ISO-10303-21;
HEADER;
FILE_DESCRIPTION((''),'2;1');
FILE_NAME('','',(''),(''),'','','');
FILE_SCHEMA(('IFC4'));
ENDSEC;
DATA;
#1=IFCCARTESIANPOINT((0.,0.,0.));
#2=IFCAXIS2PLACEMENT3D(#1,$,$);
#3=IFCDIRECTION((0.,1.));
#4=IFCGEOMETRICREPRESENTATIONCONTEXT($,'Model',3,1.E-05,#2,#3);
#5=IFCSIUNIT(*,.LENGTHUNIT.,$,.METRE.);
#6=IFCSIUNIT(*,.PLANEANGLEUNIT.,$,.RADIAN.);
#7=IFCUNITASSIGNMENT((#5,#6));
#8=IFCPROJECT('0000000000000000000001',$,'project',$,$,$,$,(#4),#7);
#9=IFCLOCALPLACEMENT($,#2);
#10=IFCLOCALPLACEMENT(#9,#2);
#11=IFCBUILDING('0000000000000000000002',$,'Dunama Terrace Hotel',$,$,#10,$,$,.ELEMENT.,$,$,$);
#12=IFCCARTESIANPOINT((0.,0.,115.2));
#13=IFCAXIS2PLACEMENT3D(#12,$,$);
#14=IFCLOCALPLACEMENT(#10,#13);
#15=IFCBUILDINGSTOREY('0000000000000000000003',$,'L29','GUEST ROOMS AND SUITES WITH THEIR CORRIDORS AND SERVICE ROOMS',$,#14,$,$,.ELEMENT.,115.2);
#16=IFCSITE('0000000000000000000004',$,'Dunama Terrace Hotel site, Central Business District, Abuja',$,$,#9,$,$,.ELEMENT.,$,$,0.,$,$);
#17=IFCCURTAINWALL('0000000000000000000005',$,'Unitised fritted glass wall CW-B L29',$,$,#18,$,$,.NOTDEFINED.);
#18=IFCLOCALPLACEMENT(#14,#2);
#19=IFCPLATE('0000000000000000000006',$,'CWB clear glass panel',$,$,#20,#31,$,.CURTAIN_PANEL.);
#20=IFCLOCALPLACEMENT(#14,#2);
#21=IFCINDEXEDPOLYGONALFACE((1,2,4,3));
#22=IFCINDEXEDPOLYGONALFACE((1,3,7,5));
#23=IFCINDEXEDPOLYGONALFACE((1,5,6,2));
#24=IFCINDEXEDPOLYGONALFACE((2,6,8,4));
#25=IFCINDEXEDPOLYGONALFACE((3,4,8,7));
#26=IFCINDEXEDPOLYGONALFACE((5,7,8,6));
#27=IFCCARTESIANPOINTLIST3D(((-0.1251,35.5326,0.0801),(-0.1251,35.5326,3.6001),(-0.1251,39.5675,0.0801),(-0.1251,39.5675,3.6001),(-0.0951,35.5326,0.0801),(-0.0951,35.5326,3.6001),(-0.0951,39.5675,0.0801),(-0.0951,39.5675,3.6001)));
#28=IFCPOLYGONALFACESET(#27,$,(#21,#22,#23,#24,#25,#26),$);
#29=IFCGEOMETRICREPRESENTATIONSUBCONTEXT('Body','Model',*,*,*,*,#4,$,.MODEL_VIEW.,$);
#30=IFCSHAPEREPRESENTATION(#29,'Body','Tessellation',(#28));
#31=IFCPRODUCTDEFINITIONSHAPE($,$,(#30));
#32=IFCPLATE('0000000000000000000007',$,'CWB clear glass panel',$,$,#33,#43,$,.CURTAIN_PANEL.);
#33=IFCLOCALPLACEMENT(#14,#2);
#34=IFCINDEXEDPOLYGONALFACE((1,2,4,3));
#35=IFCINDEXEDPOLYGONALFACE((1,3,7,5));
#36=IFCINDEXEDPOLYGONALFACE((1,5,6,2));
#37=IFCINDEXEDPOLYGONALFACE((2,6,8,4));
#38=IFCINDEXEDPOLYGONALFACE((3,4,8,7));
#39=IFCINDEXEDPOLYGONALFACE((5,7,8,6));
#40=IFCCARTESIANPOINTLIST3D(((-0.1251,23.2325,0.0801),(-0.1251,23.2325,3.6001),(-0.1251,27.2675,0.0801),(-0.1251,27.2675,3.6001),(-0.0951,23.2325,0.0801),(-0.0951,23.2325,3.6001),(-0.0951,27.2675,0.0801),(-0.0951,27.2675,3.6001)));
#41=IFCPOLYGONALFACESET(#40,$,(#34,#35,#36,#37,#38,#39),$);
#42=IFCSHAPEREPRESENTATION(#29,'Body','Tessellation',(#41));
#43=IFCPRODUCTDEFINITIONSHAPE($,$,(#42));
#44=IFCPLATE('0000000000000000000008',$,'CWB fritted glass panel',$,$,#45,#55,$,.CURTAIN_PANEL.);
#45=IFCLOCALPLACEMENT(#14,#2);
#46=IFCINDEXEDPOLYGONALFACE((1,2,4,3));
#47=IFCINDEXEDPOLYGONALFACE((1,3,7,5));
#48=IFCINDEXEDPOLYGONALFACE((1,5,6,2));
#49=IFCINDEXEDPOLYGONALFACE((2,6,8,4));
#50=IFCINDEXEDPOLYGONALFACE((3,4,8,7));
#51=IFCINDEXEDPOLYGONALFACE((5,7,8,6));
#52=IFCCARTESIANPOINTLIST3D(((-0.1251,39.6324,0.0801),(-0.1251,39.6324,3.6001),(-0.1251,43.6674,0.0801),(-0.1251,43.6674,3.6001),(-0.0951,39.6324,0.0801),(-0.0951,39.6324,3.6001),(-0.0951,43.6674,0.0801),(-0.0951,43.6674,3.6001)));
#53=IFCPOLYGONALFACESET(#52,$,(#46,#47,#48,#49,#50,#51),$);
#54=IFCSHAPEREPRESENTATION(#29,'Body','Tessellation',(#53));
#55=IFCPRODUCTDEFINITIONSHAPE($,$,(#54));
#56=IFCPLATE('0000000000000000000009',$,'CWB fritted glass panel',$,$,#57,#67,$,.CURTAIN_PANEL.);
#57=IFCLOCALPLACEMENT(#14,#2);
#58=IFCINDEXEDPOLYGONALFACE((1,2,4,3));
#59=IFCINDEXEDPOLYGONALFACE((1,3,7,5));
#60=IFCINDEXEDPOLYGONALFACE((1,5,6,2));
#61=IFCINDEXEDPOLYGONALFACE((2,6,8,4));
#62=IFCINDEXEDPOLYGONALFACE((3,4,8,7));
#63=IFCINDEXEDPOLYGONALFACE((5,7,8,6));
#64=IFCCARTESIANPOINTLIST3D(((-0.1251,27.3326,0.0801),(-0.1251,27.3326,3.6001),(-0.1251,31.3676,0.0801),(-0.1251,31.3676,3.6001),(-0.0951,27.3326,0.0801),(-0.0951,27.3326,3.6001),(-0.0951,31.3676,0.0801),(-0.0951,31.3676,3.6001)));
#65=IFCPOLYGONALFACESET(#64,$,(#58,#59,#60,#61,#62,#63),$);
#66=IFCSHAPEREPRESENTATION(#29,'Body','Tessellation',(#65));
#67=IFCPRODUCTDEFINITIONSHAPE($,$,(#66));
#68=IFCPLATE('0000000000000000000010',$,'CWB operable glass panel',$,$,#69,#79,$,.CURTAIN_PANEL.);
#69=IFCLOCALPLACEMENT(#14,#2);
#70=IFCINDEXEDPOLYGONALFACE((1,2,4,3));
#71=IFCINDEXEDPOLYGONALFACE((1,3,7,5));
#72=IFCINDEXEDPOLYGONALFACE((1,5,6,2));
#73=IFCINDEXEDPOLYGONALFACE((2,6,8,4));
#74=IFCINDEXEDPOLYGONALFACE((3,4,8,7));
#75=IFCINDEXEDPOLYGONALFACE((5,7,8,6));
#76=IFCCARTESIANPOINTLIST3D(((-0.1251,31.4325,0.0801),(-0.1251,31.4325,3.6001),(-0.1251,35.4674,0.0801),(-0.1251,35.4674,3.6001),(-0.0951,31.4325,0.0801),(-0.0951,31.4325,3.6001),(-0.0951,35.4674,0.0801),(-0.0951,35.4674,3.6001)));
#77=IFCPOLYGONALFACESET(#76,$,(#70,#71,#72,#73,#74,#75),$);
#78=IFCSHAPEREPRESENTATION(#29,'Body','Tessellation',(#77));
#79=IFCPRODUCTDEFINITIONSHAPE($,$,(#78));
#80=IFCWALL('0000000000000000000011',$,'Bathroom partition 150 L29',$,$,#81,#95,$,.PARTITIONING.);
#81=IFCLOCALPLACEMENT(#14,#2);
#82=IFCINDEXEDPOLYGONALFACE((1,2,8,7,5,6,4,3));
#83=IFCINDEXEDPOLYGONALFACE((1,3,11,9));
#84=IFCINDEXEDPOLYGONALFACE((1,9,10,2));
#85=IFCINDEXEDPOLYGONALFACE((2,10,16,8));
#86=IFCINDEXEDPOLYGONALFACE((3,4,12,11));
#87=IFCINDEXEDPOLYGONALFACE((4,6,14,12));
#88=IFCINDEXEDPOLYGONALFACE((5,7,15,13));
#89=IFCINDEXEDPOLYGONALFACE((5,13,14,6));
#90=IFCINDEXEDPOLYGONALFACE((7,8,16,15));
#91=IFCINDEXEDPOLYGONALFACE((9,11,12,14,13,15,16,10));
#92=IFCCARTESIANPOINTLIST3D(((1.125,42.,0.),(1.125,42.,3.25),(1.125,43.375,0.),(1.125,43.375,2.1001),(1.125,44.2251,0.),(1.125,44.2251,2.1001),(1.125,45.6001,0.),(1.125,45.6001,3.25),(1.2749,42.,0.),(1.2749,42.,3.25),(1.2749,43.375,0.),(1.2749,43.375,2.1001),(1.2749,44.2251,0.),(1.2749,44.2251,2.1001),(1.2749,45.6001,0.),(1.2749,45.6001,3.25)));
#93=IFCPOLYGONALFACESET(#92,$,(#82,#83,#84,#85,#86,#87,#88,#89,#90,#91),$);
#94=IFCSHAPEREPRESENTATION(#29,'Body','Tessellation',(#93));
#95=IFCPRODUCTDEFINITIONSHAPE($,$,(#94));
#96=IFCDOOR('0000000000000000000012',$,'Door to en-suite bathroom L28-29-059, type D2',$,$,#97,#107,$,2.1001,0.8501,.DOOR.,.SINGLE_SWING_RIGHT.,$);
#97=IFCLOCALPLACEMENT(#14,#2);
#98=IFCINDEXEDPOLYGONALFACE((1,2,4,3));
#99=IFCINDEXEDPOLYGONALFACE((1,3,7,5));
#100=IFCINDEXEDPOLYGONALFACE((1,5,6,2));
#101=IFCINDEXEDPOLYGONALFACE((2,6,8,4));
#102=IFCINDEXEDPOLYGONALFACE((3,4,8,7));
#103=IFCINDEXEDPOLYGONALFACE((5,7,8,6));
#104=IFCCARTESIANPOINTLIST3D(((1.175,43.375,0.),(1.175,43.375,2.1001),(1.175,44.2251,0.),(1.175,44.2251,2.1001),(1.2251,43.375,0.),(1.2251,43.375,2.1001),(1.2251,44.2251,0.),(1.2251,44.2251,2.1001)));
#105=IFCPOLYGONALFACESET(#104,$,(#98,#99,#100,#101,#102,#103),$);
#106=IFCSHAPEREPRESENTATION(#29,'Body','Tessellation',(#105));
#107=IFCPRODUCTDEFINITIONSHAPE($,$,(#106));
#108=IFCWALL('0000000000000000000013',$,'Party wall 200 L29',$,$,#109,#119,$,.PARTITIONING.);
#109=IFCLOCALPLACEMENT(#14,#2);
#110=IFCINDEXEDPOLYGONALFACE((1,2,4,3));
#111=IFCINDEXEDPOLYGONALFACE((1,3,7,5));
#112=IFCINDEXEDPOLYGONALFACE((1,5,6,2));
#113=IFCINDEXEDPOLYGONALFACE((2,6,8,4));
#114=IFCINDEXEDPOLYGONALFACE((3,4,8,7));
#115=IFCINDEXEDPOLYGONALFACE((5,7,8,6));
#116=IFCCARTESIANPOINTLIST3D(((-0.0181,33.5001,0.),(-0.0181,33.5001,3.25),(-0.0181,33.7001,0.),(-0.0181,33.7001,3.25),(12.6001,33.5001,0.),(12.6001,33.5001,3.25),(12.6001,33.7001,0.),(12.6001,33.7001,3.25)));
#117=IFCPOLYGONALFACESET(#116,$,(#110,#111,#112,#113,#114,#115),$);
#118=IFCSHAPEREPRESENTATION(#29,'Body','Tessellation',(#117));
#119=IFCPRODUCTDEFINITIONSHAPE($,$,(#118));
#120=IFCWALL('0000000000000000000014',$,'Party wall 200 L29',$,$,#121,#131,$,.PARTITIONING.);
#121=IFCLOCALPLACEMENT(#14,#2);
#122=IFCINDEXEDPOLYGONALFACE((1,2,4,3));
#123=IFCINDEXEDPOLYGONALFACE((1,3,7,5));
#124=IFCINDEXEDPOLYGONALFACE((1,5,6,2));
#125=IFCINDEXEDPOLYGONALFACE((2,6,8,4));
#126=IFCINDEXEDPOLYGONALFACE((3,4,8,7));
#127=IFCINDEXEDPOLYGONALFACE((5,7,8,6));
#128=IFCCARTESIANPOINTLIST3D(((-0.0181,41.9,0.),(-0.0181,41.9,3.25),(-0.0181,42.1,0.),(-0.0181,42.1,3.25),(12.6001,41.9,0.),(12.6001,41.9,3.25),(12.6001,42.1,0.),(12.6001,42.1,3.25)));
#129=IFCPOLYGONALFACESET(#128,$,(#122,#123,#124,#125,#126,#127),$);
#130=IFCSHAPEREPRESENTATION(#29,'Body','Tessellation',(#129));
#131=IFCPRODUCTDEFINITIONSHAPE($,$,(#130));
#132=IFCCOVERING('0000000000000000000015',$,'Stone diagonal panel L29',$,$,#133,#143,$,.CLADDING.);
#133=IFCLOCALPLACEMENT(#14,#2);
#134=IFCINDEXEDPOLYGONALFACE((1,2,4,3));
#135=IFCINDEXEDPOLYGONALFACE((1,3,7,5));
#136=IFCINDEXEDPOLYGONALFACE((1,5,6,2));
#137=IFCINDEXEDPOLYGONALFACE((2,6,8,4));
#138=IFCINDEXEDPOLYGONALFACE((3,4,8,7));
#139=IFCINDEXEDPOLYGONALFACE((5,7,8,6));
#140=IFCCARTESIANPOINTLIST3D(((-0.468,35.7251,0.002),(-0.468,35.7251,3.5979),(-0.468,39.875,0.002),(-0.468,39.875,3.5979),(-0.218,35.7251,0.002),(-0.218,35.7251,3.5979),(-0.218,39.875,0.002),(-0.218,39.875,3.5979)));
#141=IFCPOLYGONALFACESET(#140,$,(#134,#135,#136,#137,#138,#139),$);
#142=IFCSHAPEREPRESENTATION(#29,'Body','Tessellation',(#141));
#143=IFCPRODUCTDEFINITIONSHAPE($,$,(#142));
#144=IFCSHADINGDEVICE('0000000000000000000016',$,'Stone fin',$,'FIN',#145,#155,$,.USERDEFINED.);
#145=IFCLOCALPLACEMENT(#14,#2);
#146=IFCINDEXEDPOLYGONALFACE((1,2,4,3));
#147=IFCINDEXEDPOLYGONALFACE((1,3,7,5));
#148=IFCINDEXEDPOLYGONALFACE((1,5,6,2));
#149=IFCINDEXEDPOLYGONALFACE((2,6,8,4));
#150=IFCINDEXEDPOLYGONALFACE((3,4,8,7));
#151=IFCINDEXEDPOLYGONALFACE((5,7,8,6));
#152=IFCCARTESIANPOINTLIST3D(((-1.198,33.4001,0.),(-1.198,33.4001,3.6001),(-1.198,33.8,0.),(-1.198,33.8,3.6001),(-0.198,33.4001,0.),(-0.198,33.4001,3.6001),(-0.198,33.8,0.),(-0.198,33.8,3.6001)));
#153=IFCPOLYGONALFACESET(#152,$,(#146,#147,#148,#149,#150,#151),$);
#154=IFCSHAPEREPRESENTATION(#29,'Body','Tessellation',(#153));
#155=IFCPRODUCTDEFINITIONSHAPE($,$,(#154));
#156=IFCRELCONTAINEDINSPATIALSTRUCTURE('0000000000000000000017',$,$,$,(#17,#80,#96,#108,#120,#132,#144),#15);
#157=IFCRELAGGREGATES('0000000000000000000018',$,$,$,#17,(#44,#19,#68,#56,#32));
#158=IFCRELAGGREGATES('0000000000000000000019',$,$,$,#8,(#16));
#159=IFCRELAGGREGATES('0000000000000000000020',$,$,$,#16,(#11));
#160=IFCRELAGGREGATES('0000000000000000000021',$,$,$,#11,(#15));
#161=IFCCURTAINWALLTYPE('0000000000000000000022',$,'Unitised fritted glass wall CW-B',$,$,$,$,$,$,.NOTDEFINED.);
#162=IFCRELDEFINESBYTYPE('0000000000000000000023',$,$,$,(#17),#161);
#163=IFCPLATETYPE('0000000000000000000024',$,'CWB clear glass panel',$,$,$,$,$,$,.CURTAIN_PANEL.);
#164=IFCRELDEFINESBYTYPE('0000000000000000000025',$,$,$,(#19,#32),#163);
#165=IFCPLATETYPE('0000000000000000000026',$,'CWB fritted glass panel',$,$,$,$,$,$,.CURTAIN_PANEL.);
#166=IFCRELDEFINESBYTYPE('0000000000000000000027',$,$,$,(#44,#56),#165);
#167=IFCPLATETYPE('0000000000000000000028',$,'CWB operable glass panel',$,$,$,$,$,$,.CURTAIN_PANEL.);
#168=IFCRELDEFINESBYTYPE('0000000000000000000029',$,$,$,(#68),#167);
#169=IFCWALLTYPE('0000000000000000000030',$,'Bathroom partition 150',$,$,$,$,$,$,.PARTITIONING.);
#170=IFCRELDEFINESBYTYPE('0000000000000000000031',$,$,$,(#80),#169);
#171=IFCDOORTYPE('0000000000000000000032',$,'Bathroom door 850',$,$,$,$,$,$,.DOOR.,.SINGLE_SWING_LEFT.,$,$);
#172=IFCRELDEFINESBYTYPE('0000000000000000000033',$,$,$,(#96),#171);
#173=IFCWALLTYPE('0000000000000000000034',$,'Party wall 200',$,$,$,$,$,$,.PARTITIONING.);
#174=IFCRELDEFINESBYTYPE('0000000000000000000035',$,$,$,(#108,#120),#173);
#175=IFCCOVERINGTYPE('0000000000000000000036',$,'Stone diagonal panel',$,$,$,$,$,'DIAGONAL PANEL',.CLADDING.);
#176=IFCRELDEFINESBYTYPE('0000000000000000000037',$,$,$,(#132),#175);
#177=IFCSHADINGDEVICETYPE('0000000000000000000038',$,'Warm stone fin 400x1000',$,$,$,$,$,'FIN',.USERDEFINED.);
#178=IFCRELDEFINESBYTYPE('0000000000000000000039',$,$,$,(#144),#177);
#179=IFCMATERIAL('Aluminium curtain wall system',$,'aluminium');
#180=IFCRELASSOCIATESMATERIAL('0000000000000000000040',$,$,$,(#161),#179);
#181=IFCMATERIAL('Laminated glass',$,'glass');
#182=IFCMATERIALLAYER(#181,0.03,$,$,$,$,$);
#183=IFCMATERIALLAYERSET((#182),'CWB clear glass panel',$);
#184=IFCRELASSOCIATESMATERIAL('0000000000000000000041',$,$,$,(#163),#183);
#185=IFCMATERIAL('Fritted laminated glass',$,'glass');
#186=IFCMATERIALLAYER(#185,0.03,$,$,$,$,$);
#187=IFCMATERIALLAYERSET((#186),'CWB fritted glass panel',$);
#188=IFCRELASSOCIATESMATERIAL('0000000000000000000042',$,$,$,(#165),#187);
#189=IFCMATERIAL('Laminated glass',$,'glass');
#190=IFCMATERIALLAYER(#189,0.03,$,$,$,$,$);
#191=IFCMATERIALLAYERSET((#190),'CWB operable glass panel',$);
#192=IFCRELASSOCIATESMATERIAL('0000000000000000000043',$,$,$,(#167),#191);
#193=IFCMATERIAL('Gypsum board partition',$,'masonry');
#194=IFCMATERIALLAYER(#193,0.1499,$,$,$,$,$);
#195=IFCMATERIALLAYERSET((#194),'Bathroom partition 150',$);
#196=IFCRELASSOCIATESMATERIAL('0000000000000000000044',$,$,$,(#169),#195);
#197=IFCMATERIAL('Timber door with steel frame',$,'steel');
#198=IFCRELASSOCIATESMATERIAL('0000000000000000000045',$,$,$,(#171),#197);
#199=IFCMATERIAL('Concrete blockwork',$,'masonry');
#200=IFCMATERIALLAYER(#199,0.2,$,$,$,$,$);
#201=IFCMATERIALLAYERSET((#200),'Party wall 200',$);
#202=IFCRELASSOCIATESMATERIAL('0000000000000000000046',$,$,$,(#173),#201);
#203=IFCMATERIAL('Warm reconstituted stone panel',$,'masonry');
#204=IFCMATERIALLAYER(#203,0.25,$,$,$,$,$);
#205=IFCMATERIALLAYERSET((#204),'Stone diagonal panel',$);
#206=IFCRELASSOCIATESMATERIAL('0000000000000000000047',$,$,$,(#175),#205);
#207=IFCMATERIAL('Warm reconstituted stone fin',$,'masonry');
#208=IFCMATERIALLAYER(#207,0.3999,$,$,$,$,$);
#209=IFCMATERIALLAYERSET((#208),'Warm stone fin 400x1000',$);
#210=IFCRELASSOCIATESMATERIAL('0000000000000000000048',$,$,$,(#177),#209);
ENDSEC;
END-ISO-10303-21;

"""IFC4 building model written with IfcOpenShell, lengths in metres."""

from ifc_helpers import new_model, si_unit, direction, frame, frame_2d, origin, origin_2d, place, context, subcontext, project, spatial, rectangle, extrude, material, layer, layer_set, type_object, element, fill, aggregate, save


model = new_model("IFC4")

# Units and contexts
model_context = context("Model", 3, precision=1e-05, world=origin(), true_north=direction((0.0, 1.0)))
body_context = subcontext(model_context, "Body", "Model", "MODEL_VIEW")
ifc_project = project(units=[si_unit("LENGTHUNIT", "METRE"), si_unit("PLANEANGLEUNIT", "RADIAN")], contexts=[model_context])

# Site, building, storey
site_placement = place(None, origin())
site = spatial("IfcSite", under=ifc_project, at=site_placement, Name="Dunama Terrace Hotel site, Central Business District, Abuja", CompositionType="ELEMENT", RefElevation=0.0)
building_placement = place(site_placement, origin())
building = spatial("IfcBuilding", under=site, at=building_placement, Name="Dunama Terrace Hotel", CompositionType="ELEMENT")
storey_placement = place(building_placement, frame((0.0, 0.0, 115.2)))
storey = spatial("IfcBuildingStorey", under=building, at=storey_placement, Name="L29", Description="GUEST ROOMS AND SUITES WITH THEIR CORRIDORS AND SERVICE ROOMS", CompositionType="ELEMENT", Elevation=115.2)

# Curtain wall
ifc_material_1 = material(Name="Aluminium curtain wall system", Category="aluminium")
curtain_wall_type = type_object("IfcCurtainWallType", Name="Unitised fritted glass wall CW-B", PredefinedType="NOTDEFINED", material=ifc_material_1)
curtain_wall_placement = place(storey_placement, origin())
curtain_wall = element("IfcCurtainWall", 1, at=curtain_wall_placement, inside=storey, type_object=curtain_wall_type, Name="Unitised fritted glass wall CW-B L29", PredefinedType="NOTDEFINED")

# Plates
ifc_material_2 = material(Name="Laminated glass", Category="glass")
ifc_layer_1 = layer(ifc_material_2, 0.03)
ifc_layer_set_1 = layer_set([ifc_layer_1], Name="CWB clear glass panel")
plate_type_1 = type_object("IfcPlateType", Name="CWB clear glass panel", PredefinedType="CURTAIN_PANEL", material=ifc_layer_set_1)
plate_1_placement = place(storey_placement, frame((-0.1101, 37.55, 0.0801), z_axis=(0.0, 0.0, 1.0), x_axis=(0.0, -1.0, 0.0)))
plate_1 = element("IfcPlate", 2, at=plate_1_placement, type_object=plate_type_1, Name="CWB clear glass panel", PredefinedType="CURTAIN_PANEL", context=body_context, shape_type="SweptSolid", body=[
    extrude(rectangle(XDim=4.0349, YDim=0.03, at=origin_2d()), origin(), (0.0, 0.0, 1.0), 3.52),
])
plate_2_placement = place(storey_placement, frame((-0.1101, 25.25, 0.0801), z_axis=(0.0, 0.0, 1.0), x_axis=(0.0, -1.0, 0.0)))
plate_2 = element("IfcPlate", 3, at=plate_2_placement, type_object=plate_type_1, Name="CWB clear glass panel", PredefinedType="CURTAIN_PANEL", context=body_context, shape_type="SweptSolid", body=[
    extrude(rectangle(XDim=4.0349, YDim=0.03, at=origin_2d()), origin(), (0.0, 0.0, 1.0), 3.52),
])
ifc_material_3 = material(Name="Fritted laminated glass", Category="glass")
ifc_layer_2 = layer(ifc_material_3, 0.03)
ifc_layer_set_2 = layer_set([ifc_layer_2], Name="CWB fritted glass panel")
plate_type_2 = type_object("IfcPlateType", Name="CWB fritted glass panel", PredefinedType="CURTAIN_PANEL", material=ifc_layer_set_2)
plate_3_placement = place(storey_placement, frame((-0.1101, 41.6499, 0.0801), z_axis=(0.0, 0.0, 1.0), x_axis=(0.0, -1.0, 0.0)))
plate_3 = element("IfcPlate", 4, at=plate_3_placement, type_object=plate_type_2, Name="CWB fritted glass panel", PredefinedType="CURTAIN_PANEL", context=body_context, shape_type="SweptSolid", body=[
    extrude(rectangle(XDim=4.0349, YDim=0.03, at=origin_2d()), origin(), (0.0, 0.0, 1.0), 3.52),
])
plate_4_placement = place(storey_placement, frame((-0.1101, 29.3501, 0.0801), z_axis=(0.0, 0.0, 1.0), x_axis=(0.0, -1.0, 0.0)))
plate_4 = element("IfcPlate", 5, at=plate_4_placement, type_object=plate_type_2, Name="CWB fritted glass panel", PredefinedType="CURTAIN_PANEL", context=body_context, shape_type="SweptSolid", body=[
    extrude(rectangle(XDim=4.0349, YDim=0.03, at=origin_2d()), origin(), (0.0, 0.0, 1.0), 3.52),
])
ifc_material_4 = material(Name="Laminated glass", Category="glass")
ifc_layer_3 = layer(ifc_material_4, 0.03)
ifc_layer_set_3 = layer_set([ifc_layer_3], Name="CWB operable glass panel")
plate_type_3 = type_object("IfcPlateType", Name="CWB operable glass panel", PredefinedType="CURTAIN_PANEL", material=ifc_layer_set_3)
plate_5_placement = place(storey_placement, frame((-0.1101, 33.45, 0.0801), z_axis=(0.0, 0.0, 1.0), x_axis=(0.0, -1.0, 0.0)))
plate_5 = element("IfcPlate", 6, at=plate_5_placement, type_object=plate_type_3, Name="CWB operable glass panel", PredefinedType="CURTAIN_PANEL", context=body_context, shape_type="SweptSolid", body=[
    extrude(rectangle(XDim=4.0349, YDim=0.03, at=origin_2d()), origin(), (0.0, 0.0, 1.0), 3.52),
])
aggregate(curtain_wall, [plate_3, plate_1, plate_5, plate_4, plate_2])

# Wall, opening, door
ifc_material_5 = material(Name="Gypsum board partition", Category="masonry")
ifc_layer_4 = layer(ifc_material_5, 0.1499)
ifc_layer_set_4 = layer_set([ifc_layer_4], Name="Bathroom partition 150")
wall_type_1 = type_object("IfcWallType", Name="Bathroom partition 150", PredefinedType="PARTITIONING", material=ifc_layer_set_4)
wall_placement = place(storey_placement, frame((1.2, 42.0, 0.0), z_axis=(0.0, 0.0, 1.0), x_axis=(0.0, 1.0, 0.0)))
wall = element("IfcWall", 7, at=wall_placement, inside=storey, type_object=wall_type_1, Name="Bathroom partition 150 L29", PredefinedType="PARTITIONING", context=body_context, shape_type="SweptSolid", body=[
    extrude(rectangle(XDim=3.6001, YDim=0.1499, at=frame_2d((1.8, 0.0))), origin(), (0.0, 0.0, 1.0), 3.25),
])
opening_placement = place(wall_placement, frame((1.375, 0.0, 0.0)))
opening = element("IfcOpeningElement", 8, at=opening_placement, cuts=wall, PredefinedType="OPENING", context=body_context, shape_type="SweptSolid", body=[
    extrude(rectangle(XDim=0.8501, YDim=2.1001, at=frame_2d((0.425, 1.05))), frame((0.0, 0.085, 0.0), z_axis=(0.0, -1.0, 0.0), x_axis=(1.0, 0.0, 0.0)), (0.0, 0.0, 1.0), 0.1699),
])
ifc_material_6 = material(Name="Timber door with steel frame", Category="steel")
door_type = type_object("IfcDoorType", Name="Bathroom door 850", OperationType="SINGLE_SWING_LEFT", PredefinedType="DOOR", material=ifc_material_6)
door_placement = place(opening_placement, frame((0.8501, 0.0, 0.0), z_axis=(0.0, 0.0, 1.0), x_axis=(-1.0, 0.0, 0.0)))
door = element("IfcDoor", 9, at=door_placement, inside=storey, type_object=door_type, Name="Door to en-suite bathroom L28-29-059, type D2", OperationType="SINGLE_SWING_RIGHT", OverallHeight=2.1001, OverallWidth=0.8501, PredefinedType="DOOR", context=body_context, shape_type="SweptSolid", body=[
    extrude(rectangle(XDim=0.8501, YDim=2.1001, at=frame_2d((0.425, 1.05))), frame((0.0, 0.0251, 0.0), z_axis=(0.0, -1.0, 0.0), x_axis=(1.0, 0.0, 0.0)), (0.0, 0.0, 1.0), 0.05),
])
fill(opening, door)

# Walls
ifc_material_7 = material(Name="Concrete blockwork", Category="masonry")
ifc_layer_5 = layer(ifc_material_7, 0.2)
ifc_layer_set_5 = layer_set([ifc_layer_5], Name="Party wall 200")
wall_type_2 = type_object("IfcWallType", Name="Party wall 200", PredefinedType="PARTITIONING", material=ifc_layer_set_5)
for number, where, z_axis, x_axis, name in (
    (10, (-0.0181, 33.6001, 0.0), (0.0, 0.0, 1.0), (1.0, 0.0, 0.0), "Party wall 200 L29"),
    (11, (-0.0181, 42.0, 0.0), (0.0, 0.0, 1.0), (1.0, 0.0, 0.0), "Party wall 200 L29"),
):
    element("IfcWall", number, at=place(storey_placement, frame(where, z_axis=z_axis, x_axis=x_axis)), inside=storey, type_object=wall_type_2, Name=name, PredefinedType="PARTITIONING", context=body_context, shape_type="SweptSolid", body=[
        extrude(rectangle(XDim=12.6182, YDim=0.2, at=frame_2d((6.3091, 0.0))), origin(), (0.0, 0.0, 1.0), 3.25),
    ])

# Covering
ifc_material_8 = material(Name="Warm reconstituted stone panel", Category="masonry")
ifc_layer_6 = layer(ifc_material_8, 0.25)
ifc_layer_set_6 = layer_set([ifc_layer_6], Name="Stone diagonal panel")
covering_type = type_object("IfcCoveringType", Name="Stone diagonal panel", ElementType="DIAGONAL PANEL", PredefinedType="CLADDING", material=ifc_layer_set_6)
covering_placement = place(storey_placement, frame((-0.343, 37.8, 0.002), z_axis=(0.0, 0.0, 1.0), x_axis=(0.0, -1.0, 0.0)))
element("IfcCovering", 12, at=covering_placement, inside=storey, type_object=covering_type, Name="Stone diagonal panel L29", PredefinedType="CLADDING", context=body_context, shape_type="SweptSolid", body=[
    extrude(rectangle(XDim=4.1499, YDim=0.25, at=origin_2d()), origin(), (0.0, 0.0, 1.0), 3.5959),
])

# Shading device
ifc_material_9 = material(Name="Warm reconstituted stone fin", Category="masonry")
ifc_layer_7 = layer(ifc_material_9, 0.3999)
ifc_layer_set_7 = layer_set([ifc_layer_7], Name="Warm stone fin 400x1000")
shading_device_type = type_object("IfcShadingDeviceType", Name="Warm stone fin 400x1000", ElementType="FIN", PredefinedType="USERDEFINED", material=ifc_layer_set_7)
shading_device_placement = place(storey_placement, frame((-0.698, 33.6001, 0.0), z_axis=(0.0, 0.0, 1.0), x_axis=(0.0, -1.0, 0.0)))
element("IfcShadingDevice", 13, at=shading_device_placement, inside=storey, type_object=shading_device_type, Name="Stone fin", ObjectType="FIN", PredefinedType="USERDEFINED", context=body_context, shape_type="SweptSolid", body=[
    extrude(rectangle(XDim=0.3999, YDim=1.0, at=origin_2d()), origin(), (0.0, 0.0, 1.0), 3.6001),
])

save(model, "model.ifc")
